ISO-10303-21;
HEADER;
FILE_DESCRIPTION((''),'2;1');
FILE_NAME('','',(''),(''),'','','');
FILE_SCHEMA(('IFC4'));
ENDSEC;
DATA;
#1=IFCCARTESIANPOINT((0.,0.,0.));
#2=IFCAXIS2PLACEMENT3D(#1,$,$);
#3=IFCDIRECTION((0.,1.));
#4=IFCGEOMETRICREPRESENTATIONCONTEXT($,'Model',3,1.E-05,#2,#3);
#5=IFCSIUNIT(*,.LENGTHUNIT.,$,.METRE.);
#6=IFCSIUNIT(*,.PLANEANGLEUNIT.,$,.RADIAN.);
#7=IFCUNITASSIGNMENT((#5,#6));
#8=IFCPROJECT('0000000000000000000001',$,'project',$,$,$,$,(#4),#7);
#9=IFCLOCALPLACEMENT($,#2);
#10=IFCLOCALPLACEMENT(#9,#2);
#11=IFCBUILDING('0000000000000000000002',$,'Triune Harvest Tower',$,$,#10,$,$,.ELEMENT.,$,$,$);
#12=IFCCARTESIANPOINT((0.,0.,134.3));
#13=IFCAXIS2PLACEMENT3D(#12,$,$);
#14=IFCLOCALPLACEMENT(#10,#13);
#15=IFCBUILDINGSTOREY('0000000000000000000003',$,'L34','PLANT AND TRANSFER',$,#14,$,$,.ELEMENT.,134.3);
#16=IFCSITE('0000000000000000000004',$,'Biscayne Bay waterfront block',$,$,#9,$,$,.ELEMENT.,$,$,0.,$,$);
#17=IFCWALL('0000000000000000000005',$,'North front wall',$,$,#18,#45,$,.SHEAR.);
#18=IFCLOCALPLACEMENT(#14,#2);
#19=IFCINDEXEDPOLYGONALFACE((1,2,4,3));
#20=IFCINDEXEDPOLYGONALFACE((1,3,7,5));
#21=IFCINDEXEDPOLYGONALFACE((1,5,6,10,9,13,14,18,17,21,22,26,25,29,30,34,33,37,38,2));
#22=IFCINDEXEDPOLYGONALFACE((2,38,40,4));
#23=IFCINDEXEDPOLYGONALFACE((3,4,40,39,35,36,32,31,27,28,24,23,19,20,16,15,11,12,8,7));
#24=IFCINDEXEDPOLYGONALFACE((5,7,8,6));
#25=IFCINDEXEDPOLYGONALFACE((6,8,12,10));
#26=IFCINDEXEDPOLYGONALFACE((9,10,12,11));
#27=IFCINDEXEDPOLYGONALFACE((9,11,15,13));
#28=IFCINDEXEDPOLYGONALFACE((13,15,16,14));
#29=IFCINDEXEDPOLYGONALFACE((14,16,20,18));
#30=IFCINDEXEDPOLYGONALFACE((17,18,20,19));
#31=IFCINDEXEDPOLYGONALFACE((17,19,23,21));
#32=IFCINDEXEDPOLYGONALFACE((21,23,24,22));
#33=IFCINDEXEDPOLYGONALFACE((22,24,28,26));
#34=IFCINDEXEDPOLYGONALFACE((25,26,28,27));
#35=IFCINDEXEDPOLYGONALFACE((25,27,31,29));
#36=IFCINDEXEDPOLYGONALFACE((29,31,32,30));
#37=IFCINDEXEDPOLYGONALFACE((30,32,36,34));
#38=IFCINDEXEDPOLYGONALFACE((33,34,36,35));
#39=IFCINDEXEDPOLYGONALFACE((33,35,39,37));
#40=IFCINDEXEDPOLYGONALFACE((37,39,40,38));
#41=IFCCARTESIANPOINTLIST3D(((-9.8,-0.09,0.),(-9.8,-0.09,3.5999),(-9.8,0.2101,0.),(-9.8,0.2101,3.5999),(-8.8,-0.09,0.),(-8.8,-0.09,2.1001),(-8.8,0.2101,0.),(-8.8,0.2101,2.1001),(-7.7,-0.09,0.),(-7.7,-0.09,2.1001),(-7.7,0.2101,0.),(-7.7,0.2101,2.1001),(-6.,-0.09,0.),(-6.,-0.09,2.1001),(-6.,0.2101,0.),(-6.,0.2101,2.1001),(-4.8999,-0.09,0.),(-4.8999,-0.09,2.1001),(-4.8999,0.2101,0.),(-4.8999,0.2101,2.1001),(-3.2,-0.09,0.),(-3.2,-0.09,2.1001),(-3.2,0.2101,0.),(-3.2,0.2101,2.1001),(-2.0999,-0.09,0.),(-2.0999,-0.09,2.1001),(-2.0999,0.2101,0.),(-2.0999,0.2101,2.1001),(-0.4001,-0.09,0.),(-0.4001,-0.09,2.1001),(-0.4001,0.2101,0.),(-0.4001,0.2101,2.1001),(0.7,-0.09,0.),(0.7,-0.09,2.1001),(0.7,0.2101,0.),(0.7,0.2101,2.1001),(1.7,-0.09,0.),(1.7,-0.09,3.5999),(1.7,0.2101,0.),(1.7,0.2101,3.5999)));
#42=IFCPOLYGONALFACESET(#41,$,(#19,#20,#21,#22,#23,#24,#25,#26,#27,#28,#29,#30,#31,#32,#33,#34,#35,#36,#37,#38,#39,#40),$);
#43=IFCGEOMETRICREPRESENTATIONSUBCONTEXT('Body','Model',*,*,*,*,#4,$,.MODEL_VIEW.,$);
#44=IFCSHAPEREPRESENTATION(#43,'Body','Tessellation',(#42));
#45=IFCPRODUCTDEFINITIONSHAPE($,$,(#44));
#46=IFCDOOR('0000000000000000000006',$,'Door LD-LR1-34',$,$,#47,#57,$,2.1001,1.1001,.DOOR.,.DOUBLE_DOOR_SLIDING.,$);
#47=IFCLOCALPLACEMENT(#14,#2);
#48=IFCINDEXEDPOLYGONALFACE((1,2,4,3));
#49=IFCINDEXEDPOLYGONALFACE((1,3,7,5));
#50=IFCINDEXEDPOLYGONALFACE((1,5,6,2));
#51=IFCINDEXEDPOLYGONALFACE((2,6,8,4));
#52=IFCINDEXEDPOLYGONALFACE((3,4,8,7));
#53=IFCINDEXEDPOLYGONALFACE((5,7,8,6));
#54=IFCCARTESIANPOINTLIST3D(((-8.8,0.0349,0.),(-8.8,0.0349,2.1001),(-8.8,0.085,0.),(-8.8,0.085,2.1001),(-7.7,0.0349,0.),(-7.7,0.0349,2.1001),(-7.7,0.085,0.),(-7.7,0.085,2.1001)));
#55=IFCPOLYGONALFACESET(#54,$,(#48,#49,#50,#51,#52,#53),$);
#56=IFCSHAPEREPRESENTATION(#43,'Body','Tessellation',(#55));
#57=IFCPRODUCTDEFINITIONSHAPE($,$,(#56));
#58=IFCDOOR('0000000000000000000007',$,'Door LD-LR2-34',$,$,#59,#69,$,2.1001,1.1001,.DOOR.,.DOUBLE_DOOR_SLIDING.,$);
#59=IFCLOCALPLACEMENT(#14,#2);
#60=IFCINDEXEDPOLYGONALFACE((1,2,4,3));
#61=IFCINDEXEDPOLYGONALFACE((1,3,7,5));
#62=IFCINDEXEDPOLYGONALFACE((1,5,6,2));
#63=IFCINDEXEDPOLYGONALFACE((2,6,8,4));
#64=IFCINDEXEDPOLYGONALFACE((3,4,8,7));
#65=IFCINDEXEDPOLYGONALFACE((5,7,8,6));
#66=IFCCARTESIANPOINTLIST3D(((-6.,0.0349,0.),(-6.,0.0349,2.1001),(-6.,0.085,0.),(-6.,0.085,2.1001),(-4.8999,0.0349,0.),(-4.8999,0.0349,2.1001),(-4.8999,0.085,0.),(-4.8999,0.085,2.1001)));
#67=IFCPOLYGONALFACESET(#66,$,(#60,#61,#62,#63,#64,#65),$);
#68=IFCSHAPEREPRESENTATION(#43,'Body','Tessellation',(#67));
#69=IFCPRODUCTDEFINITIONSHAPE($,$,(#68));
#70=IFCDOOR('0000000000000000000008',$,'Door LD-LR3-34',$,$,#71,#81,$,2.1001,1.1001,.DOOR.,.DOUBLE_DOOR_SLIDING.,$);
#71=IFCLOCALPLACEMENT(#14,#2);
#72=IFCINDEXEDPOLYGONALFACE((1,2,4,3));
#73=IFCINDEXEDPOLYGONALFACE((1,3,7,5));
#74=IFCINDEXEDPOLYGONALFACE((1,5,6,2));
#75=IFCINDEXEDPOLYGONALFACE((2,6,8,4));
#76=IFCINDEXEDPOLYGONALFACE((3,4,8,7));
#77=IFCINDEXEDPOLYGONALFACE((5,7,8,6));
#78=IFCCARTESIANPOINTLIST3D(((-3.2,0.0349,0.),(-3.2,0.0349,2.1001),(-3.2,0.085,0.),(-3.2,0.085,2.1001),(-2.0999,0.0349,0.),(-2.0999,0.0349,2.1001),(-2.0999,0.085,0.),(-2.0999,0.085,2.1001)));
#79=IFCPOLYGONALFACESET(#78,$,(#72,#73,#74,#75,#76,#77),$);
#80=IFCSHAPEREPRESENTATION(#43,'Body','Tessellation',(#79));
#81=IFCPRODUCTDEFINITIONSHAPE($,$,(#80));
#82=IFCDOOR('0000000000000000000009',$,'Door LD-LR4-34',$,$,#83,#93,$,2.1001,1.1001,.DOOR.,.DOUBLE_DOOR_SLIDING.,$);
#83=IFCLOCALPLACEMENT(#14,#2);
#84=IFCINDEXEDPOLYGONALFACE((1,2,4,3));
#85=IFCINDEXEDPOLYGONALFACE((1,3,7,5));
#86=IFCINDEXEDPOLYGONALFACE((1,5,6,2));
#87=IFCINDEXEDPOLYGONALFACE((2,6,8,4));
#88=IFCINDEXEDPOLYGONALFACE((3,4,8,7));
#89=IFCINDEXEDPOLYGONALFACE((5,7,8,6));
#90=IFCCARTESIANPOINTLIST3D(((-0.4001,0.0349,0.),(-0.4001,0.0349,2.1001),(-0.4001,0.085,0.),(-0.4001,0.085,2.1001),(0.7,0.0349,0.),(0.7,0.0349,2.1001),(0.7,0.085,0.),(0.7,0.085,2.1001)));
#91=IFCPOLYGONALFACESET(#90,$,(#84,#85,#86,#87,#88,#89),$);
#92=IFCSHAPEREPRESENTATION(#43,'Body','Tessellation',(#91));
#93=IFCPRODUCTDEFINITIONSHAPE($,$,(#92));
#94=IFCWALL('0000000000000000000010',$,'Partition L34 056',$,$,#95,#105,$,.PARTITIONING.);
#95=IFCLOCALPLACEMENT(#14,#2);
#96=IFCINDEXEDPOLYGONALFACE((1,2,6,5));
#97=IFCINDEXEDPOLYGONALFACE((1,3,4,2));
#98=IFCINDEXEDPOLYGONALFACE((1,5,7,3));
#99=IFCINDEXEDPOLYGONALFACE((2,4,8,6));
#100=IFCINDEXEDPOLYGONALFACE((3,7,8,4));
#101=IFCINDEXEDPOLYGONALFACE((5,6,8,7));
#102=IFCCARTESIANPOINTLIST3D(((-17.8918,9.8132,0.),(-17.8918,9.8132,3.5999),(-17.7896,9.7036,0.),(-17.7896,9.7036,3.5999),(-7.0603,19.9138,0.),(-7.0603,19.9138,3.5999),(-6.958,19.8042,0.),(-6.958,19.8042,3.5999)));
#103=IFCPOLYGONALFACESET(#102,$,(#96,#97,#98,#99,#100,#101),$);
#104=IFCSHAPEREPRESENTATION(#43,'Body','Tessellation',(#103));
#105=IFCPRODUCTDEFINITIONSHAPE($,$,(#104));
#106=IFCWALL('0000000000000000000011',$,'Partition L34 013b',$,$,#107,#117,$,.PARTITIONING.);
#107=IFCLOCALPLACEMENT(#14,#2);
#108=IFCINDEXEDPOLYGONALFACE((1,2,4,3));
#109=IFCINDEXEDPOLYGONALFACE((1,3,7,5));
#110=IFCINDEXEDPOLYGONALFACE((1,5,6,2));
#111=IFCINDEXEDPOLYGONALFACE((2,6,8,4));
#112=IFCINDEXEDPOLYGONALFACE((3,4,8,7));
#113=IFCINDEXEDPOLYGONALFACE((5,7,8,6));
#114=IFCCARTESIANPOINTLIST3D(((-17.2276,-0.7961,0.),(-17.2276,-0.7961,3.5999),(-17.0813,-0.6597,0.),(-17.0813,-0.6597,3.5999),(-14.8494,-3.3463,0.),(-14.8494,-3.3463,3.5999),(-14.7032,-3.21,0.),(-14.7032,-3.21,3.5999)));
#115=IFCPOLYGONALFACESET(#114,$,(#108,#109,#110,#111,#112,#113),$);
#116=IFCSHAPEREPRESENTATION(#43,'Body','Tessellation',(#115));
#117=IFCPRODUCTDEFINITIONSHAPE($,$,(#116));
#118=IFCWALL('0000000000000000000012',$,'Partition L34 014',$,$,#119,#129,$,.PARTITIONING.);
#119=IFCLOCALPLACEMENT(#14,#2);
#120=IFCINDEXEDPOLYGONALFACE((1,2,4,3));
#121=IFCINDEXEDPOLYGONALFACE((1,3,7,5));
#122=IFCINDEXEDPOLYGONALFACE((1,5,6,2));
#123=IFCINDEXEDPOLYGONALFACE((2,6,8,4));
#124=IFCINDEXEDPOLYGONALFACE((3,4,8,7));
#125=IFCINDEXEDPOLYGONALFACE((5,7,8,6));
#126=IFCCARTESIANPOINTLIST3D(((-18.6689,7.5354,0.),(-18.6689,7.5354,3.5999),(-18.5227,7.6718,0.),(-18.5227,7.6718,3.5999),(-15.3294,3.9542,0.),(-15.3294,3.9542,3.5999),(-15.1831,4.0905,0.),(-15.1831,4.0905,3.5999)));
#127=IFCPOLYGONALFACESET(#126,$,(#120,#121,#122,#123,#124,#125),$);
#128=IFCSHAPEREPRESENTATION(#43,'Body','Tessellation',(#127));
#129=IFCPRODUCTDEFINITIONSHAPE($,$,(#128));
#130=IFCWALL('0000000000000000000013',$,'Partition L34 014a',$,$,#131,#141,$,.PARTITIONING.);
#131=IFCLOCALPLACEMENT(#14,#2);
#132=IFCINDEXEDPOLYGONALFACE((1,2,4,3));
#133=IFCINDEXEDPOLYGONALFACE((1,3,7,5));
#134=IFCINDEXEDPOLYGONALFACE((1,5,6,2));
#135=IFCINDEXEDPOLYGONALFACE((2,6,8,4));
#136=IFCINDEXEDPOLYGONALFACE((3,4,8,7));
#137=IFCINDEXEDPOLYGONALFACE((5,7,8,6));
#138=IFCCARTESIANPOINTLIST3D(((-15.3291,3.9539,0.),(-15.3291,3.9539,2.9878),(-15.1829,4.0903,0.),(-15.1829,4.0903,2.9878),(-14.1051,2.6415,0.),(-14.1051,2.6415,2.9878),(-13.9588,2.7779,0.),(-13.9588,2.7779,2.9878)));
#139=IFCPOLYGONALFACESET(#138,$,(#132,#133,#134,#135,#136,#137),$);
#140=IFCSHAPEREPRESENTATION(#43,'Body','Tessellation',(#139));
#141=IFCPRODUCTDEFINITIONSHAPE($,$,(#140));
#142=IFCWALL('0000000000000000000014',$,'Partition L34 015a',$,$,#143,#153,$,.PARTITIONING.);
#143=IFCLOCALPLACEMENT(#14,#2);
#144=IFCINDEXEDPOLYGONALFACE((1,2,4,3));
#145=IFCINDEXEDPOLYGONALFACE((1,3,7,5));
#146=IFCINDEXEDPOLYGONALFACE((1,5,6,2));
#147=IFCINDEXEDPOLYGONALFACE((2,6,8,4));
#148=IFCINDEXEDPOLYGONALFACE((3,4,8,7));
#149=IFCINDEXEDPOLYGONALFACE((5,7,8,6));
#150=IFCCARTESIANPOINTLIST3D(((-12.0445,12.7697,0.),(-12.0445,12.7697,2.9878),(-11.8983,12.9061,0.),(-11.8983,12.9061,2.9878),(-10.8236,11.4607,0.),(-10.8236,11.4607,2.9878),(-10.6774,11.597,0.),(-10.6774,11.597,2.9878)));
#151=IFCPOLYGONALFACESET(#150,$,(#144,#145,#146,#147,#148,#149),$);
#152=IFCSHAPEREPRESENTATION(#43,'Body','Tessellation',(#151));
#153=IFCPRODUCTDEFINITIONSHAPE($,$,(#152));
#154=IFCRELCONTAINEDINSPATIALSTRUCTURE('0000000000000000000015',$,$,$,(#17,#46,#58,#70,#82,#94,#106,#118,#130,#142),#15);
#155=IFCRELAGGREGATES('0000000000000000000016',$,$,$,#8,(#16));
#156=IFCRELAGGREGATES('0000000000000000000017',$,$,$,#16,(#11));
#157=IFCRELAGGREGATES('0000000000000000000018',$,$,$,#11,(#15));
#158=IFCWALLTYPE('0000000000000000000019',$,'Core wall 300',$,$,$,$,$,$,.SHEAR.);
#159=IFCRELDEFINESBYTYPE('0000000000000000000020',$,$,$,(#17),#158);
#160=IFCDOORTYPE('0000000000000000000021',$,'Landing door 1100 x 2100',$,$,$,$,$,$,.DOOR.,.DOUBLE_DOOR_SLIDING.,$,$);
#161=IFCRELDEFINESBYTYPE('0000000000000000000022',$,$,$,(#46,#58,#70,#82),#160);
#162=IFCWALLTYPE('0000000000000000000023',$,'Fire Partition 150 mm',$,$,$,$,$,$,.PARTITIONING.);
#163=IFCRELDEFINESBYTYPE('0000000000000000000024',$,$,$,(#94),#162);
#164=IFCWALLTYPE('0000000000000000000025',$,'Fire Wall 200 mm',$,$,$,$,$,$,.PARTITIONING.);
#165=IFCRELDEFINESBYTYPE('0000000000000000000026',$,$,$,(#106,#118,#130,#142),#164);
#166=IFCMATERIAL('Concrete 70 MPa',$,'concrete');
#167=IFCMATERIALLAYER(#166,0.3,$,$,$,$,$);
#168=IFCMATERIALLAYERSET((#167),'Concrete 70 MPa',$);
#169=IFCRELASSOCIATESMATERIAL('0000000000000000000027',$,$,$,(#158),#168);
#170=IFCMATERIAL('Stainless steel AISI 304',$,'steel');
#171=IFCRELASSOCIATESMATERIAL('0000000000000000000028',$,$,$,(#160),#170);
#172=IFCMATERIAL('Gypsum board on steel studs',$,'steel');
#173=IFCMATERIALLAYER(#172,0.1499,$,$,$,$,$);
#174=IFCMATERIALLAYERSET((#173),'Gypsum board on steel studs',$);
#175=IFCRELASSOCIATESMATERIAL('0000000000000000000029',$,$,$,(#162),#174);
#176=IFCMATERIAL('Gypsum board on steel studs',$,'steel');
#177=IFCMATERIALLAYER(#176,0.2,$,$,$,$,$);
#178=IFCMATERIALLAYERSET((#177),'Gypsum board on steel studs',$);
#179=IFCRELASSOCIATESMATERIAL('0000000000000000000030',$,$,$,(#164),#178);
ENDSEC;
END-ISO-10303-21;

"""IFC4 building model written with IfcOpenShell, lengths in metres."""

from ifc_helpers import new_model, si_unit, direction, frame, frame_2d, origin, place, context, subcontext, project, spatial, rectangle, extrude, material, layer, layer_set, type_object, element, fill, save


model = new_model("IFC4")

# Units and contexts
model_context = context("Model", 3, precision=1e-05, world=origin(), true_north=direction((0.0, 1.0)))
body_context = subcontext(model_context, "Body", "Model", "MODEL_VIEW")
ifc_project = project(units=[si_unit("LENGTHUNIT", "METRE"), si_unit("PLANEANGLEUNIT", "RADIAN")], contexts=[model_context])

# Site, building, storey
site_placement = place(None, origin())
site = spatial("IfcSite", under=ifc_project, at=site_placement, Name="Biscayne Bay waterfront block", CompositionType="ELEMENT", RefElevation=0.0)
building_placement = place(site_placement, origin())
building = spatial("IfcBuilding", under=site, at=building_placement, Name="Triune Harvest Tower", CompositionType="ELEMENT")
storey_placement = place(building_placement, frame((0.0, 0.0, 134.3)))
storey = spatial("IfcBuildingStorey", under=building, at=storey_placement, Name="L34", Description="PLANT AND TRANSFER", CompositionType="ELEMENT", Elevation=134.3)

# Wall, openings, doors
ifc_material_1 = material(Name="Concrete 70 MPa", Category="concrete")
ifc_layer_1 = layer(ifc_material_1, 0.3)
ifc_layer_set_1 = layer_set([ifc_layer_1], Name="Concrete 70 MPa")
wall_type_1 = type_object("IfcWallType", Name="Core wall 300", PredefinedType="SHEAR", material=ifc_layer_set_1)
wall_1_placement = place(storey_placement, frame((-9.8, 0.0601, 0.0), z_axis=(0.0, 0.0, 1.0), x_axis=(1.0, 0.0, 0.0)))
wall_1 = element("IfcWall", 1, at=wall_1_placement, inside=storey, type_object=wall_type_1, Name="North front wall", PredefinedType="SHEAR", context=body_context, shape_type="SweptSolid", body=[
    extrude(rectangle(XDim=11.5, YDim=0.3, at=frame_2d((5.75, 0.0))), origin(), (0.0, 0.0, 1.0), 3.5999),
])
opening_1_placement = place(wall_1_placement, frame((1.0, 0.0, 0.0)))
opening_1 = element("IfcOpeningElement", 2, at=opening_1_placement, cuts=wall_1, PredefinedType="OPENING", context=body_context, shape_type="SweptSolid", body=[
    extrude(rectangle(XDim=1.1001, YDim=2.1001, at=frame_2d((0.55, 1.05))), frame((0.0, 0.1602, 0.0), z_axis=(0.0, -1.0, 0.0), x_axis=(1.0, 0.0, 0.0)), (0.0, 0.0, 1.0), 0.3201),
])
opening_2_placement = place(wall_1_placement, frame((3.8, 0.0, 0.0)))
opening_2 = element("IfcOpeningElement", 3, at=opening_2_placement, cuts=wall_1, PredefinedType="OPENING", context=body_context, shape_type="SweptSolid", body=[
    extrude(rectangle(XDim=1.1001, YDim=2.1001, at=frame_2d((0.55, 1.05))), frame((0.0, 0.1602, 0.0), z_axis=(0.0, -1.0, 0.0), x_axis=(1.0, 0.0, 0.0)), (0.0, 0.0, 1.0), 0.3201),
])
opening_3_placement = place(wall_1_placement, frame((6.6001, 0.0, 0.0)))
opening_3 = element("IfcOpeningElement", 4, at=opening_3_placement, cuts=wall_1, PredefinedType="OPENING", context=body_context, shape_type="SweptSolid", body=[
    extrude(rectangle(XDim=1.1001, YDim=2.1001, at=frame_2d((0.55, 1.05))), frame((0.0, 0.1602, 0.0), z_axis=(0.0, -1.0, 0.0), x_axis=(1.0, 0.0, 0.0)), (0.0, 0.0, 1.0), 0.3201),
])
opening_4_placement = place(wall_1_placement, frame((9.3999, 0.0, 0.0)))
opening_4 = element("IfcOpeningElement", 5, at=opening_4_placement, cuts=wall_1, PredefinedType="OPENING", context=body_context, shape_type="SweptSolid", body=[
    extrude(rectangle(XDim=1.1001, YDim=2.1001, at=frame_2d((0.55, 1.05))), frame((0.0, 0.1602, 0.0), z_axis=(0.0, -1.0, 0.0), x_axis=(1.0, 0.0, 0.0)), (0.0, 0.0, 1.0), 0.3201),
])
ifc_material_2 = material(Name="Stainless steel AISI 304", Category="steel")
door_type_1 = type_object("IfcDoorType", Name="Landing door 1100 x 2100", OperationType="DOUBLE_DOOR_SLIDING", PredefinedType="DOOR", material=ifc_material_2)
door_1_placement = place(opening_1_placement, origin())
door_1 = element("IfcDoor", 6, at=door_1_placement, inside=storey, type_object=door_type_1, Name="Door LD-LR1-34", OperationType="DOUBLE_DOOR_SLIDING", OverallHeight=2.1001, OverallWidth=1.1001, PredefinedType="DOOR", context=body_context, shape_type="SweptSolid", body=[
    extrude(rectangle(XDim=1.1001, YDim=2.1001, at=frame_2d((0.55, 1.05))), frame((0.0, 0.0249, 0.0), z_axis=(0.0, -1.0, 0.0), x_axis=(1.0, 0.0, 0.0)), (0.0, 0.0, 1.0), 0.05),
])
fill(opening_1, door_1)
door_2_placement = place(opening_2_placement, origin())
door_2 = element("IfcDoor", 7, at=door_2_placement, inside=storey, type_object=door_type_1, Name="Door LD-LR2-34", OperationType="DOUBLE_DOOR_SLIDING", OverallHeight=2.1001, OverallWidth=1.1001, PredefinedType="DOOR", context=body_context, shape_type="SweptSolid", body=[
    extrude(rectangle(XDim=1.1001, YDim=2.1001, at=frame_2d((0.55, 1.05))), frame((0.0, 0.0249, 0.0), z_axis=(0.0, -1.0, 0.0), x_axis=(1.0, 0.0, 0.0)), (0.0, 0.0, 1.0), 0.05),
])
fill(opening_2, door_2)
door_3_placement = place(opening_3_placement, origin())
door_3 = element("IfcDoor", 8, at=door_3_placement, inside=storey, type_object=door_type_1, Name="Door LD-LR3-34", OperationType="DOUBLE_DOOR_SLIDING", OverallHeight=2.1001, OverallWidth=1.1001, PredefinedType="DOOR", context=body_context, shape_type="SweptSolid", body=[
    extrude(rectangle(XDim=1.1001, YDim=2.1001, at=frame_2d((0.55, 1.05))), frame((0.0, 0.0249, 0.0), z_axis=(0.0, -1.0, 0.0), x_axis=(1.0, 0.0, 0.0)), (0.0, 0.0, 1.0), 0.05),
])
fill(opening_3, door_3)
door_4_placement = place(opening_4_placement, origin())
door_4 = element("IfcDoor", 9, at=door_4_placement, inside=storey, type_object=door_type_1, Name="Door LD-LR4-34", OperationType="DOUBLE_DOOR_SLIDING", OverallHeight=2.1001, OverallWidth=1.1001, PredefinedType="DOOR", context=body_context, shape_type="SweptSolid", body=[
    extrude(rectangle(XDim=1.1001, YDim=2.1001, at=frame_2d((0.55, 1.05))), frame((0.0, 0.0249, 0.0), z_axis=(0.0, -1.0, 0.0), x_axis=(1.0, 0.0, 0.0)), (0.0, 0.0, 1.0), 0.05),
])
fill(opening_4, door_4)

# Walls
ifc_material_3 = material(Name="Gypsum board on steel studs", Category="steel")
ifc_layer_2 = layer(ifc_material_3, 0.1499)
ifc_layer_set_2 = layer_set([ifc_layer_2], Name="Gypsum board on steel studs")
wall_type_2 = type_object("IfcWallType", Name="Fire Partition 150 mm", PredefinedType="PARTITIONING", material=ifc_layer_set_2)
wall_2_placement = place(storey_placement, frame((-17.8408, 9.7583, 0.0), z_axis=(0.0, 0.0, 1.0), x_axis=(0.731353, 0.681999, 0.0)))
element("IfcWall", 10, at=wall_2_placement, inside=storey, type_object=wall_type_2, Name="Partition L34 056", PredefinedType="PARTITIONING", context=body_context, shape_type="SweptSolid", body=[
    extrude(rectangle(XDim=14.8103, YDim=0.1499, at=frame_2d((7.4053, 0.0))), origin(), (0.0, 0.0, 1.0), 3.5999),
])
ifc_material_4 = material(Name="Gypsum board on steel studs", Category="steel")
ifc_layer_3 = layer(ifc_material_4, 0.2)
ifc_layer_set_3 = layer_set([ifc_layer_3], Name="Gypsum board on steel studs")
wall_type_3 = type_object("IfcWallType", Name="Fire Wall 200 mm", PredefinedType="PARTITIONING", material=ifc_layer_set_3)
wall_3_placement = place(storey_placement, frame((-17.1545, -0.7278, 0.0), z_axis=(0.0, 0.0, 1.0), x_axis=(0.681996, -0.731356, 0.0)))
element("IfcWall", 11, at=wall_3_placement, inside=storey, type_object=wall_type_3, Name="Partition L34 013b", PredefinedType="PARTITIONING", context=body_context, shape_type="SweptSolid", body=[
    extrude(rectangle(XDim=3.4871, YDim=0.2, at=frame_2d((1.7437, 0.0))), origin(), (0.0, 0.0, 1.0), 3.5999),
])
wall_4_placement = place(storey_placement, frame((-18.5957, 7.6035, 0.0), z_axis=(0.0, 0.0, 1.0), x_axis=(0.681997, -0.731355, 0.0)))
element("IfcWall", 12, at=wall_4_placement, inside=storey, type_object=wall_type_3, Name="Partition L34 014", PredefinedType="PARTITIONING", context=body_context, shape_type="SweptSolid", body=[
    extrude(rectangle(XDim=4.8967, YDim=0.2, at=frame_2d((2.4482, 0.0))), origin(), (0.0, 0.0, 1.0), 3.5999),
])
wall_5_placement = place(storey_placement, frame((-15.2561, 4.0222, 0.0), z_axis=(0.0, 0.0, 1.0), x_axis=(0.682056, -0.731299, 0.0)))
element("IfcWall", 13, at=wall_5_placement, inside=storey, type_object=wall_type_3, Name="Partition L34 014a", PredefinedType="PARTITIONING", context=body_context, shape_type="SweptSolid", body=[
    extrude(rectangle(XDim=1.7947, YDim=0.2, at=frame_2d((0.8975, 0.0))), origin(), (0.0, 0.0, 1.0), 2.9878),
])
wall_6_placement = place(storey_placement, frame((-11.9714, 12.8379, 0.0), z_axis=(0.0, 0.0, 1.0), x_axis=(0.682061, -0.731296, 0.0)))
element("IfcWall", 14, at=wall_6_placement, inside=storey, type_object=wall_type_3, Name="Partition L34 015a", PredefinedType="PARTITIONING", context=body_context, shape_type="SweptSolid", body=[
    extrude(rectangle(XDim=1.79, YDim=0.2, at=frame_2d((0.895, 0.0))), origin(), (0.0, 0.0, 1.0), 2.9878),
])

save(model, "model.ifc")
